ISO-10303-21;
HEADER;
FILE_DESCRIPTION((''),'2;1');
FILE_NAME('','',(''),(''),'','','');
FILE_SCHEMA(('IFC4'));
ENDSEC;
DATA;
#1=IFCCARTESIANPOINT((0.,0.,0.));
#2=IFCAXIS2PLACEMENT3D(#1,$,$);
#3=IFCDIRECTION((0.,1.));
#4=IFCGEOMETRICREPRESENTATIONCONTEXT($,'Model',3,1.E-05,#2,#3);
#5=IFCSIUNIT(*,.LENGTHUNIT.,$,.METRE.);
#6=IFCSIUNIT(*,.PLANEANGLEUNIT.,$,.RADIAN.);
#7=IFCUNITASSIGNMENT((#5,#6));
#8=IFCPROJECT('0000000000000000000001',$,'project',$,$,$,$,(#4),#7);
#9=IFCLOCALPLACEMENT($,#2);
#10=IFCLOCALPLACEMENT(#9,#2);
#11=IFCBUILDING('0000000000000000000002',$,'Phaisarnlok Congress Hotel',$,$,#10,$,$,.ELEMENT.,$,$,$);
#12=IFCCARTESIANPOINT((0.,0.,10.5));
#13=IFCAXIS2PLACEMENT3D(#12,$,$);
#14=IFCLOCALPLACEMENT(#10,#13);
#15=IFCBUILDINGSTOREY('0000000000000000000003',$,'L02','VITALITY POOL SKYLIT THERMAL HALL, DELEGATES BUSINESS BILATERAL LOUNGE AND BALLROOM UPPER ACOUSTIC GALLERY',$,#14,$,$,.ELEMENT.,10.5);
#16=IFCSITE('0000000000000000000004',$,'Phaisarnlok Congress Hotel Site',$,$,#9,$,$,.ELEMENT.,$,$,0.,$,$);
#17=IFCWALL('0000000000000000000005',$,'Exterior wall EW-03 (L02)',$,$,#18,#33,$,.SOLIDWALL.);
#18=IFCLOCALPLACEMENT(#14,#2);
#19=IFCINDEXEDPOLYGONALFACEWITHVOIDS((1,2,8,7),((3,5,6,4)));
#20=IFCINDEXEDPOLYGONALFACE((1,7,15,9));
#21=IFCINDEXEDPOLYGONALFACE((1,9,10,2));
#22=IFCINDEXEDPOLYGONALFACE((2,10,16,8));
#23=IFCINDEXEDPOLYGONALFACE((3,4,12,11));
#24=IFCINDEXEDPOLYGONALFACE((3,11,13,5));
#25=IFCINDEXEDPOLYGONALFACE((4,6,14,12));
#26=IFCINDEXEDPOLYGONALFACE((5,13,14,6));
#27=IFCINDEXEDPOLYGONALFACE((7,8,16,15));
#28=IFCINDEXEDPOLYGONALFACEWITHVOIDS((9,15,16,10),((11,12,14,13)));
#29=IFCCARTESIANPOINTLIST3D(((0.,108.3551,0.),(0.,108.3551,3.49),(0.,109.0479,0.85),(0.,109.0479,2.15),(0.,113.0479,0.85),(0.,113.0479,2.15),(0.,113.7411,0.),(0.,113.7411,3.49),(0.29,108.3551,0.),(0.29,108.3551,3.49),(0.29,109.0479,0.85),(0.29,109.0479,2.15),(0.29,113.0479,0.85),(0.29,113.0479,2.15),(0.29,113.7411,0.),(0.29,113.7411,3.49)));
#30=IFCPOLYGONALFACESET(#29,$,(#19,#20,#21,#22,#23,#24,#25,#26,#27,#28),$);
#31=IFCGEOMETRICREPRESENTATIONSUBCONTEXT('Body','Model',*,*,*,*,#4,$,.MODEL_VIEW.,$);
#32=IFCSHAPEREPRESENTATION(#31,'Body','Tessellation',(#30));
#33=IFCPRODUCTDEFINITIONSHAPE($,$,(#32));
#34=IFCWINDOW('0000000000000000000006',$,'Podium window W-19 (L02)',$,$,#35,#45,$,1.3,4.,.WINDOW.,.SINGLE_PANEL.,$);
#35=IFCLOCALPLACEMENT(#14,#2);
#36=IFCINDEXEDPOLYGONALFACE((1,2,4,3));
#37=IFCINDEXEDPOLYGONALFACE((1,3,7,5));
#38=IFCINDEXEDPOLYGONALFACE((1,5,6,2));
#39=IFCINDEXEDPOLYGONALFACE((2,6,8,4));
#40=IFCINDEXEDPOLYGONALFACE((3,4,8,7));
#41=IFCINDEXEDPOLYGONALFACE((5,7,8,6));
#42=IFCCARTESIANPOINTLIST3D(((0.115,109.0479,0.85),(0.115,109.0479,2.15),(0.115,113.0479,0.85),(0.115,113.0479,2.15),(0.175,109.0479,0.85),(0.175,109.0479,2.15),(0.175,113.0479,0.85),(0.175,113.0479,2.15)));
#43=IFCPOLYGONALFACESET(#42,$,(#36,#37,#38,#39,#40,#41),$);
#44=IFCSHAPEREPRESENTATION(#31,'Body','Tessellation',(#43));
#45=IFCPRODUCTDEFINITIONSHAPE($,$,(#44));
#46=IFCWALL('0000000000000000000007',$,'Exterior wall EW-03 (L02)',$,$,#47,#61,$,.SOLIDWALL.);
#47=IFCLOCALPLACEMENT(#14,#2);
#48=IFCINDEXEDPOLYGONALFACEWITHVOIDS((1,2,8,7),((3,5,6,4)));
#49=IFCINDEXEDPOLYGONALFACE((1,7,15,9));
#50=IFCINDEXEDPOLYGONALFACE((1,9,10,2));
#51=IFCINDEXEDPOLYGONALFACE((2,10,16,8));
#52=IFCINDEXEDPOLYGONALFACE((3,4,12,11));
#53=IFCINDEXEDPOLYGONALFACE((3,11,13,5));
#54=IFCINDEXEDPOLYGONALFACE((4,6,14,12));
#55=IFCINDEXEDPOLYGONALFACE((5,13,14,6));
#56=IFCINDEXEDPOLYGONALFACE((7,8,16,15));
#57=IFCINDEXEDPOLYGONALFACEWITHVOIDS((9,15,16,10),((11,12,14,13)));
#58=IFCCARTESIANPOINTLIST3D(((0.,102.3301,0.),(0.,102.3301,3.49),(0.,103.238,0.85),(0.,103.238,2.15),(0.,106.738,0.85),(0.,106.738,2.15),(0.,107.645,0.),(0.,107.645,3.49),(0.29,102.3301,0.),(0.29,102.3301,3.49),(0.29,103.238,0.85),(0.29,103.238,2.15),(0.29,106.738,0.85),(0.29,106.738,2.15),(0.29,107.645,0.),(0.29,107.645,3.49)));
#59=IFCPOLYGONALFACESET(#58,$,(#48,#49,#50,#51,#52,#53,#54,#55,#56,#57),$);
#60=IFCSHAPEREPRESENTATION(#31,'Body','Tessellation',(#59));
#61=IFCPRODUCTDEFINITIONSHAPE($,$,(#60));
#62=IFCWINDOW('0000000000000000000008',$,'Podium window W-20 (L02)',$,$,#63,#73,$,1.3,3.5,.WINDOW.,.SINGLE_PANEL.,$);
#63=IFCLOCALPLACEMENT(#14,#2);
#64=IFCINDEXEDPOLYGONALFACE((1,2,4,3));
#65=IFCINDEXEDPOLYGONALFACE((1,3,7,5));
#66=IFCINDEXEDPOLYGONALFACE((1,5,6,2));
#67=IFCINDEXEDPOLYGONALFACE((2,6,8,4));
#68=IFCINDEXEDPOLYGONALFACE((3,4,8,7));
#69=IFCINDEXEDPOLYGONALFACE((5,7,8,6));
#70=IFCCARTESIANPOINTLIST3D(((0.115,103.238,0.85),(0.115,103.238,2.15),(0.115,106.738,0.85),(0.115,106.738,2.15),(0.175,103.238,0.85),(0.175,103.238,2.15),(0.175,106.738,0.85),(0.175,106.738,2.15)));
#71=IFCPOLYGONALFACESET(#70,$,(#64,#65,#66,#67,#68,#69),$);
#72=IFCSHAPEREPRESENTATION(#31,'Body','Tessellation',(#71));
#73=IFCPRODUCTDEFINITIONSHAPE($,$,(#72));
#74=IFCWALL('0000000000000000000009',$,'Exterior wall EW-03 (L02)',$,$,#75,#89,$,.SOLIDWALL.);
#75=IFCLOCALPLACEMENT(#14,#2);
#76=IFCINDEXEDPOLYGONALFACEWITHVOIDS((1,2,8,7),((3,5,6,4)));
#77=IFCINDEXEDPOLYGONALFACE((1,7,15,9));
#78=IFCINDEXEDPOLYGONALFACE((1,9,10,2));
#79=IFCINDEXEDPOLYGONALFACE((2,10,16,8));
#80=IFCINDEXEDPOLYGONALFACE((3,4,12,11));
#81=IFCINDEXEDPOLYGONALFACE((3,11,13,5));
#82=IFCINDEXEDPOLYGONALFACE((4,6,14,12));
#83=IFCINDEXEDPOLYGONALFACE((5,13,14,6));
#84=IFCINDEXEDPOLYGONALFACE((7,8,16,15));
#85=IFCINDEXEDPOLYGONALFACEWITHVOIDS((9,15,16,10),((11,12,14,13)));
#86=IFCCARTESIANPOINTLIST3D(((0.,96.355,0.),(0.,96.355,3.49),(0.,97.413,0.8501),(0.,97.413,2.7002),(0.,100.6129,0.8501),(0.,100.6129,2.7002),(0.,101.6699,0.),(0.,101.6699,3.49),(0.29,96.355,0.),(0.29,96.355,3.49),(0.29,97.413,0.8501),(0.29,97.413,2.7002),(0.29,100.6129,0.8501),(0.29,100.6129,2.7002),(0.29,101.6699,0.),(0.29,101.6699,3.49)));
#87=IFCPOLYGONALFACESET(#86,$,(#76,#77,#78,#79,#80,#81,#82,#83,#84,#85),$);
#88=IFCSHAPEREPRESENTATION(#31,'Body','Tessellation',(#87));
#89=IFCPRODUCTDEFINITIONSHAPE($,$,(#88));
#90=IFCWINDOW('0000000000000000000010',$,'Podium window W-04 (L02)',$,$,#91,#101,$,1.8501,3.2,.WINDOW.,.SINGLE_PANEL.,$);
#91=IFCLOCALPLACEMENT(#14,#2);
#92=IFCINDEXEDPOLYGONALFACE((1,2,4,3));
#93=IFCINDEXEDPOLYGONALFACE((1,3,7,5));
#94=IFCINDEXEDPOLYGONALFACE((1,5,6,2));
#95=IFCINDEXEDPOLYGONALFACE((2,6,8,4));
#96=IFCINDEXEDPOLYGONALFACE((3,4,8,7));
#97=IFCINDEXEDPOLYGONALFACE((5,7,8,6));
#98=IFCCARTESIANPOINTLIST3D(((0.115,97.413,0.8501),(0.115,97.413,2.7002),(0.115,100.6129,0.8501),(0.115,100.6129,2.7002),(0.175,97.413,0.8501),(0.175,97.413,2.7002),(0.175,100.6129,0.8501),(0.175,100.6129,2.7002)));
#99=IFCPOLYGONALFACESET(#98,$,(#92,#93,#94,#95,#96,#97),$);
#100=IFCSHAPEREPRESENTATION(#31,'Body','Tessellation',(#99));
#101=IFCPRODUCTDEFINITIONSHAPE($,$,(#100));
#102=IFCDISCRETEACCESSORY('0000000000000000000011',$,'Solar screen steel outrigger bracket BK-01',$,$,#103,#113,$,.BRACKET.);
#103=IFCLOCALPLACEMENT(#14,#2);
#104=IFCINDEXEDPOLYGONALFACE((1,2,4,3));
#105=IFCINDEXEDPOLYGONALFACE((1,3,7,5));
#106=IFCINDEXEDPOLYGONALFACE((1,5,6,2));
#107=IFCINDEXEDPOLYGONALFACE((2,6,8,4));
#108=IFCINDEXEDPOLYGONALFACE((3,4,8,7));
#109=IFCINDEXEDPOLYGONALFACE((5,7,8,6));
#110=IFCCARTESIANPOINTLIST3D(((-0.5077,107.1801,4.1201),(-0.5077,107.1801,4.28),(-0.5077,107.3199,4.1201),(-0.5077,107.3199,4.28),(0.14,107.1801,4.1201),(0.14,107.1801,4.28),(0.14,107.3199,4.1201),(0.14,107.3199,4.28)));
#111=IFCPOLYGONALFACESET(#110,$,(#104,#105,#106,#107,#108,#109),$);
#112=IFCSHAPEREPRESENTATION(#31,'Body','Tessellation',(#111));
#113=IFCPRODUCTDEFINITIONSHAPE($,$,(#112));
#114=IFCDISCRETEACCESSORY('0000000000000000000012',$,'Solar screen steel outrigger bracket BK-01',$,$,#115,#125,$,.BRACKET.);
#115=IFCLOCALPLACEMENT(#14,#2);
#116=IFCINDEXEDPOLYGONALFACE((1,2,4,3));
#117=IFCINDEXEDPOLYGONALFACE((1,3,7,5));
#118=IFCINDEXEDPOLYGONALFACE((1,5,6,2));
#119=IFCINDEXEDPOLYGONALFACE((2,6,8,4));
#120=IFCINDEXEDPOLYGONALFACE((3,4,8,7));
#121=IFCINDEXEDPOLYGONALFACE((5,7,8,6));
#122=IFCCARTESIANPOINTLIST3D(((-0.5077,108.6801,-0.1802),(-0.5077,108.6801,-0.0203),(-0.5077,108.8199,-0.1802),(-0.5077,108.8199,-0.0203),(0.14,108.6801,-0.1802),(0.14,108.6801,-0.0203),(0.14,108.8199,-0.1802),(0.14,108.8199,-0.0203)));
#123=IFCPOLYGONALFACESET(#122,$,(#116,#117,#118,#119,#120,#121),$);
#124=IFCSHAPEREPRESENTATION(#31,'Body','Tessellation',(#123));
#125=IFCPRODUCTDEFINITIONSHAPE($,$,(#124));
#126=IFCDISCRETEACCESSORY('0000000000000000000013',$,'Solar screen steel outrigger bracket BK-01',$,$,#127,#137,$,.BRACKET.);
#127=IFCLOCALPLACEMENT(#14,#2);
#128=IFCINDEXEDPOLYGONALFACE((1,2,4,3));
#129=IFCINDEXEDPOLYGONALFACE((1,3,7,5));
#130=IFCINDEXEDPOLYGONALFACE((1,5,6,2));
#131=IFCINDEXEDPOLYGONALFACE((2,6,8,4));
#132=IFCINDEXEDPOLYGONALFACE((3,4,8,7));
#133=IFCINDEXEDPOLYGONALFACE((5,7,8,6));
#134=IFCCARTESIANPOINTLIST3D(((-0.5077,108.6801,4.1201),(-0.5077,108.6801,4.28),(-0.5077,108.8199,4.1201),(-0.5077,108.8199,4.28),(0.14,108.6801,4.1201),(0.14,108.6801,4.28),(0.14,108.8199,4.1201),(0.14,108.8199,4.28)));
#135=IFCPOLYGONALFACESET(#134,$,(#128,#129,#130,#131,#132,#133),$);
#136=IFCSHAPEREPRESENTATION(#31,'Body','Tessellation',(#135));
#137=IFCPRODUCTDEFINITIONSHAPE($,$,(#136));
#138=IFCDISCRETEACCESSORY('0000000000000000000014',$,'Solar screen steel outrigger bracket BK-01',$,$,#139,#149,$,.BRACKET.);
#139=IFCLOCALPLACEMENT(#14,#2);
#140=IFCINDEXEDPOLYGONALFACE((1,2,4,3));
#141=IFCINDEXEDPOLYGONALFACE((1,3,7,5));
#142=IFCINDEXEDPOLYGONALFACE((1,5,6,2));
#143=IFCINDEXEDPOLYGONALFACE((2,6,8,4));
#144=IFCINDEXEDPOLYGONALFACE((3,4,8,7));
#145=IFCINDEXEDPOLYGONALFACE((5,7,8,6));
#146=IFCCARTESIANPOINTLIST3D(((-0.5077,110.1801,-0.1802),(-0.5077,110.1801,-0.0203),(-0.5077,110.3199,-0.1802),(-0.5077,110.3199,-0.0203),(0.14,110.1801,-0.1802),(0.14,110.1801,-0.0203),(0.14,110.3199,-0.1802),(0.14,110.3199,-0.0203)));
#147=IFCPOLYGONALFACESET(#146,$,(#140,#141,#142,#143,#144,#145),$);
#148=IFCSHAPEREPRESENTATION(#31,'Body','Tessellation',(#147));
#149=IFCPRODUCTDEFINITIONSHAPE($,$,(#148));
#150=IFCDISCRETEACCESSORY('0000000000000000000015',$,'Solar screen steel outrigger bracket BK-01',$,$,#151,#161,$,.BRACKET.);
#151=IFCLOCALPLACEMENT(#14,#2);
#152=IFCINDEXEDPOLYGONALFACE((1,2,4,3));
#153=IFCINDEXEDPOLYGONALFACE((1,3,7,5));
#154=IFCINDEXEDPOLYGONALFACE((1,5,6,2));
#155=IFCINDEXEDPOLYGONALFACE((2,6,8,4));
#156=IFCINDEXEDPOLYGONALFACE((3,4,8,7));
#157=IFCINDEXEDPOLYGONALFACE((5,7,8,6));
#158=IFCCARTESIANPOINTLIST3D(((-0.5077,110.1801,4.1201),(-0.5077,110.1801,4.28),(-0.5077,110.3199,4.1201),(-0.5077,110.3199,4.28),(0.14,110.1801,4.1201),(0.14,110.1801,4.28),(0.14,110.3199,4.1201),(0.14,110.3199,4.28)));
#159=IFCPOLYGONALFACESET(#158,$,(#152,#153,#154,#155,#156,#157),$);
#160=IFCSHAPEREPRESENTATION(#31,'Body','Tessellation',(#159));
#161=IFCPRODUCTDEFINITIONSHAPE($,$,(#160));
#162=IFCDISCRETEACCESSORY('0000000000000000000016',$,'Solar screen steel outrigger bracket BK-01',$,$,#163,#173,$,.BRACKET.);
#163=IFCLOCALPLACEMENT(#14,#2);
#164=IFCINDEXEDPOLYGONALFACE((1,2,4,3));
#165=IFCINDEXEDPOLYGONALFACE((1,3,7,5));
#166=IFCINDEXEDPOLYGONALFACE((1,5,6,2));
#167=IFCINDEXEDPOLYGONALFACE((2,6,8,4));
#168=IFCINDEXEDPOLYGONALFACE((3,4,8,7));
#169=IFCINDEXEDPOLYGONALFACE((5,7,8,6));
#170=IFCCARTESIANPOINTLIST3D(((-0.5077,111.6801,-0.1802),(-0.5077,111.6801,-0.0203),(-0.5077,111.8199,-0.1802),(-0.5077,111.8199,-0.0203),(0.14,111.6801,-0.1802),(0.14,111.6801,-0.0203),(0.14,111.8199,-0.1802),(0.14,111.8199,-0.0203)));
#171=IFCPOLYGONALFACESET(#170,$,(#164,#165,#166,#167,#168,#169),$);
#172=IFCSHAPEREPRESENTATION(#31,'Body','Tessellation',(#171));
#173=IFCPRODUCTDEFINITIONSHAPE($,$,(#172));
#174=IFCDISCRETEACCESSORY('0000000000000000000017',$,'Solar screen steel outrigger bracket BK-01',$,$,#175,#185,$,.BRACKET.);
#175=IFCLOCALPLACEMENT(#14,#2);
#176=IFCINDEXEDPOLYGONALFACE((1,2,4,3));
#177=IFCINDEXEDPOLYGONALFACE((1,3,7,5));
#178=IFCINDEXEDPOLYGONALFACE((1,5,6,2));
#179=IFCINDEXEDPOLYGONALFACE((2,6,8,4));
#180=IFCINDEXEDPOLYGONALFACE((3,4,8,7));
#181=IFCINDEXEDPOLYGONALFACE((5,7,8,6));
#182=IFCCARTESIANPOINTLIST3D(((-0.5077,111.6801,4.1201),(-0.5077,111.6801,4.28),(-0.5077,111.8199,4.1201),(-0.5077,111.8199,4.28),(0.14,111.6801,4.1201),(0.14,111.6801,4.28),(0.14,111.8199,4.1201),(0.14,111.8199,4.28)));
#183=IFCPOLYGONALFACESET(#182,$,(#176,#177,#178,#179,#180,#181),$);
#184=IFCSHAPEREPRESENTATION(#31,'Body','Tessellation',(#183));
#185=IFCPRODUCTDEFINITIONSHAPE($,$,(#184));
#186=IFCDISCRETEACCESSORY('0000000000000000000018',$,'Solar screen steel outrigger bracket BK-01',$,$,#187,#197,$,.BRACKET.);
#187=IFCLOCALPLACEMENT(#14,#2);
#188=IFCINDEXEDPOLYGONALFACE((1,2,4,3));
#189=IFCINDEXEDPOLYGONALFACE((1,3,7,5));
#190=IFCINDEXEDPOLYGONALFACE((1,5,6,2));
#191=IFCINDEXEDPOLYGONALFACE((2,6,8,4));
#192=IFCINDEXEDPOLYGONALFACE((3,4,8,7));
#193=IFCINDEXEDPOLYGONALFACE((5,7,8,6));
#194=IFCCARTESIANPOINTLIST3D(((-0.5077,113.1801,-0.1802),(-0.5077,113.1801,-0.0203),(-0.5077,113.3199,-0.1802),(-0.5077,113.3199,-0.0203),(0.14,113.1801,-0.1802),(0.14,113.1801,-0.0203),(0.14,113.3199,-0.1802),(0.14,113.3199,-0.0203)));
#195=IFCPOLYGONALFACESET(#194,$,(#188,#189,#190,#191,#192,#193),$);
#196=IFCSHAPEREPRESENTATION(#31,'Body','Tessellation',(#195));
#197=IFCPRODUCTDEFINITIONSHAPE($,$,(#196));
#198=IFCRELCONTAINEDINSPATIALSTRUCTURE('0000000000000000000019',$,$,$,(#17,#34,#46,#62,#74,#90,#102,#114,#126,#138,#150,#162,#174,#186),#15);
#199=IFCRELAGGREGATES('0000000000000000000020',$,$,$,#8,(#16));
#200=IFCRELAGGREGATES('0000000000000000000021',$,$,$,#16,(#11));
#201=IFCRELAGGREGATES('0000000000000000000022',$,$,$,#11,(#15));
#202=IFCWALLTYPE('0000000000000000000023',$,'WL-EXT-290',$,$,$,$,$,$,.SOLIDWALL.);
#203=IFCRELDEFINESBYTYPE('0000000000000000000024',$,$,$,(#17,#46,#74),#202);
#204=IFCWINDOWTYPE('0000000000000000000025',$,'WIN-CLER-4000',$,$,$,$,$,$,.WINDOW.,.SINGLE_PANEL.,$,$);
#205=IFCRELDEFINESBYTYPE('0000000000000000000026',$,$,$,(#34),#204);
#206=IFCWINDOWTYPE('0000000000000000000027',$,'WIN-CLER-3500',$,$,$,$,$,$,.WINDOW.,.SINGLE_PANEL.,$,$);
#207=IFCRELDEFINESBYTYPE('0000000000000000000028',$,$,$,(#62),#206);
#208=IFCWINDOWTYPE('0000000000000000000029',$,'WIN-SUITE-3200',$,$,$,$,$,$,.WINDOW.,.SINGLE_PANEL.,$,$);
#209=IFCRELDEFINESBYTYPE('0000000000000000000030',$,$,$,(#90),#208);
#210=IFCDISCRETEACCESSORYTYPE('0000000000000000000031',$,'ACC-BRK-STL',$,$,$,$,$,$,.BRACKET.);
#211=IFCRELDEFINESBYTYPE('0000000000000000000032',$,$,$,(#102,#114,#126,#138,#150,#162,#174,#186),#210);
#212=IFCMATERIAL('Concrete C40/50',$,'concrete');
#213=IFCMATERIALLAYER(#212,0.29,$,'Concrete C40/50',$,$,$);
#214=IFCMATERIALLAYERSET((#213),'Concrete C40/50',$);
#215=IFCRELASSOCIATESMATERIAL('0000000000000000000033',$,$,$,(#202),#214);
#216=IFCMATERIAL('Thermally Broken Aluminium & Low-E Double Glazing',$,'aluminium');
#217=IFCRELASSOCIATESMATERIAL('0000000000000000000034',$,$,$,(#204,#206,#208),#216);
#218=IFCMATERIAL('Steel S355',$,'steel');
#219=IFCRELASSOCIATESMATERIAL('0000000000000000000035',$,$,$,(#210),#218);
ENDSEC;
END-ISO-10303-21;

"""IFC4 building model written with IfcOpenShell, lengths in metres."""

from ifc_helpers import new_model, si_unit, direction, frame, frame_2d, origin, origin_2d, place, context, subcontext, project, spatial, rectangle, extrude, material, layer, layer_set, type_object, element, fill, save


model = new_model("IFC4")

# Units and contexts
model_context = context("Model", 3, precision=1e-05, world=origin(), true_north=direction((0.0, 1.0)))
body_context = subcontext(model_context, "Body", "Model", "MODEL_VIEW")
ifc_project = project(units=[si_unit("LENGTHUNIT", "METRE"), si_unit("PLANEANGLEUNIT", "RADIAN")], contexts=[model_context])

# Site, building, storey
site_placement = place(None, origin())
site = spatial("IfcSite", under=ifc_project, at=site_placement, Name="Phaisarnlok Congress Hotel Site", CompositionType="ELEMENT", RefElevation=0.0)
building_placement = place(site_placement, origin())
building = spatial("IfcBuilding", under=site, at=building_placement, Name="Phaisarnlok Congress Hotel", CompositionType="ELEMENT")
storey_placement = place(building_placement, frame((0.0, 0.0, 10.5)))
storey = spatial("IfcBuildingStorey", under=building, at=storey_placement, Name="L02", Description="VITALITY POOL SKYLIT THERMAL HALL, DELEGATES BUSINESS BILATERAL LOUNGE AND BALLROOM UPPER ACOUSTIC GALLERY", CompositionType="ELEMENT", Elevation=10.5)

# Shared definitions
ifc_material_1 = material(Name="Steel S355", Category="steel")

# Shared definitions
ifc_material_2 = material(Name="Concrete C40/50", Category="concrete")

# Walls, openings, windows
ifc_layer_1 = layer(ifc_material_2, 0.29, Name="Concrete C40/50")
ifc_layer_set_1 = layer_set([ifc_layer_1], Name="Concrete C40/50")
wall_type = type_object("IfcWallType", Name="WL-EXT-290", PredefinedType="SOLIDWALL", material=ifc_layer_set_1)
wall_1_placement = place(storey_placement, frame((0.145, 113.741, 0.0), z_axis=(0.0, 0.0, 1.0), x_axis=(0.0, -1.0, 0.0)))
wall_1 = element("IfcWall", 1, at=wall_1_placement, inside=storey, type_object=wall_type, Name="Exterior wall EW-03 (L02)", PredefinedType="SOLIDWALL", context=body_context, shape_type="SweptSolid", body=[
    extrude(rectangle(XDim=5.386, YDim=0.29, at=frame_2d((2.6929, 0.0))), origin(), (0.0, 0.0, 1.0), 3.49),
])
opening_1_placement = place(wall_1_placement, frame((0.6931, 0.0, 0.8501)))
opening_1 = element("IfcOpeningElement", 2, at=opening_1_placement, cuts=wall_1, PredefinedType="OPENING", context=body_context, shape_type="SweptSolid", body=[
    extrude(rectangle(XDim=4.0, YDim=1.3, at=frame_2d((2.0, 0.6499))), frame((0.0, 0.155, 0.0), z_axis=(0.0, -1.0, 0.0), x_axis=(1.0, 0.0, 0.0)), (0.0, 0.0, 1.0), 0.3101),
])
ifc_material_3 = material(Name="Thermally Broken Aluminium & Low-E Double Glazing", Category="aluminium")
window_type_1 = type_object("IfcWindowType", Name="WIN-CLER-4000", PartitioningType="SINGLE_PANEL", PredefinedType="WINDOW", material=ifc_material_3)
window_1_placement = place(opening_1_placement, origin())
window_1 = element("IfcWindow", 3, at=window_1_placement, inside=storey, type_object=window_type_1, Name="Podium window W-19 (L02)", OverallHeight=1.3, OverallWidth=4.0, PartitioningType="SINGLE_PANEL", PredefinedType="WINDOW", context=body_context, shape_type="SweptSolid", body=[
    extrude(rectangle(XDim=4.0, YDim=1.3, at=frame_2d((2.0, 0.6499))), frame((0.0, 0.03, 0.0), z_axis=(0.0, -1.0, 0.0), x_axis=(1.0, 0.0, 0.0)), (0.0, 0.0, 1.0), 0.0601),
])
fill(opening_1, window_1)
wall_2_placement = place(storey_placement, frame((0.145, 107.645, 0.0), z_axis=(0.0, 0.0, 1.0), x_axis=(0.0, -1.0, 0.0)))
wall_2 = element("IfcWall", 4, at=wall_2_placement, inside=storey, type_object=wall_type, Name="Exterior wall EW-03 (L02)", PredefinedType="SOLIDWALL", context=body_context, shape_type="SweptSolid", body=[
    extrude(rectangle(XDim=5.3149, YDim=0.29, at=frame_2d((2.6575, 0.0))), origin(), (0.0, 0.0, 1.0), 3.49),
])
opening_2_placement = place(wall_2_placement, frame((0.907, 0.0, 0.8501)))
opening_2 = element("IfcOpeningElement", 5, at=opening_2_placement, cuts=wall_2, PredefinedType="OPENING", context=body_context, shape_type="SweptSolid", body=[
    extrude(rectangle(XDim=3.5, YDim=1.3, at=frame_2d((1.75, 0.6499))), frame((0.0, 0.155, 0.0), z_axis=(0.0, -1.0, 0.0), x_axis=(1.0, 0.0, 0.0)), (0.0, 0.0, 1.0), 0.3101),
])
window_type_2 = type_object("IfcWindowType", Name="WIN-CLER-3500", PartitioningType="SINGLE_PANEL", PredefinedType="WINDOW", material=ifc_material_3)
window_2_placement = place(opening_2_placement, origin())
window_2 = element("IfcWindow", 6, at=window_2_placement, inside=storey, type_object=window_type_2, Name="Podium window W-20 (L02)", OverallHeight=1.3, OverallWidth=3.5, PartitioningType="SINGLE_PANEL", PredefinedType="WINDOW", context=body_context, shape_type="SweptSolid", body=[
    extrude(rectangle(XDim=3.5, YDim=1.3, at=frame_2d((1.75, 0.6499))), frame((0.0, 0.03, 0.0), z_axis=(0.0, -1.0, 0.0), x_axis=(1.0, 0.0, 0.0)), (0.0, 0.0, 1.0), 0.0601),
])
fill(opening_2, window_2)
wall_3_placement = place(storey_placement, frame((0.145, 101.6699, 0.0), z_axis=(0.0, 0.0, 1.0), x_axis=(0.0, -1.0, 0.0)))
wall_3 = element("IfcWall", 7, at=wall_3_placement, inside=storey, type_object=wall_type, Name="Exterior wall EW-03 (L02)", PredefinedType="SOLIDWALL", context=body_context, shape_type="SweptSolid", body=[
    extrude(rectangle(XDim=5.3149, YDim=0.29, at=frame_2d((2.6575, 0.0))), origin(), (0.0, 0.0, 1.0), 3.49),
])
opening_3_placement = place(wall_3_placement, frame((1.0569, 0.0, 0.8501)))
opening_3 = element("IfcOpeningElement", 8, at=opening_3_placement, cuts=wall_3, PredefinedType="OPENING", context=body_context, shape_type="SweptSolid", body=[
    extrude(rectangle(XDim=3.2, YDim=1.8501, at=frame_2d((1.6001, 0.925))), frame((0.0, 0.155, 0.0), z_axis=(0.0, -1.0, 0.0), x_axis=(1.0, 0.0, 0.0)), (0.0, 0.0, 1.0), 0.3101),
])
window_type_3 = type_object("IfcWindowType", Name="WIN-SUITE-3200", PartitioningType="SINGLE_PANEL", PredefinedType="WINDOW", material=ifc_material_3)
window_3_placement = place(opening_3_placement, origin())
window_3 = element("IfcWindow", 9, at=window_3_placement, inside=storey, type_object=window_type_3, Name="Podium window W-04 (L02)", OverallHeight=1.8501, OverallWidth=3.2, PartitioningType="SINGLE_PANEL", PredefinedType="WINDOW", context=body_context, shape_type="SweptSolid", body=[
    extrude(rectangle(XDim=3.2, YDim=1.8501, at=frame_2d((1.6001, 0.925))), frame((0.0, 0.03, 0.0), z_axis=(0.0, -1.0, 0.0), x_axis=(1.0, 0.0, 0.0)), (0.0, 0.0, 1.0), 0.0601),
])
fill(opening_3, window_3)

# Discrete accessories
discrete_accessory_type_1 = type_object("IfcDiscreteAccessoryType", Name="ACC-BRK-STL", PredefinedType="BRACKET", material=ifc_material_1)
for number, where, z_axis, x_axis, name in (
    (10, (-0.1838, 107.25, 4.1201), (0.0, 0.0, 1.0), (1.0, 0.0, 0.0), "Solar screen steel outrigger bracket BK-01"),
    (11, (-0.1838, 108.75, -0.1802), (0.0, 0.0, 1.0), (1.0, 0.0, 0.0), "Solar screen steel outrigger bracket BK-01"),
    (12, (-0.1838, 108.75, 4.1201), (0.0, 0.0, 1.0), (1.0, 0.0, 0.0), "Solar screen steel outrigger bracket BK-01"),
    (13, (-0.1838, 110.25, -0.1802), (0.0, 0.0, 1.0), (1.0, 0.0, 0.0), "Solar screen steel outrigger bracket BK-01"),
    (14, (-0.1838, 110.25, 4.1201), (0.0, 0.0, 1.0), (1.0, 0.0, 0.0), "Solar screen steel outrigger bracket BK-01"),
    (15, (-0.1838, 111.75, -0.1802), (0.0, 0.0, 1.0), (1.0, 0.0, 0.0), "Solar screen steel outrigger bracket BK-01"),
    (16, (-0.1838, 111.75, 4.1201), (0.0, 0.0, 1.0), (1.0, 0.0, 0.0), "Solar screen steel outrigger bracket BK-01"),
    (17, (-0.1838, 113.25, -0.1802), (0.0, 0.0, 1.0), (1.0, 0.0, 0.0), "Solar screen steel outrigger bracket BK-01"),
):
    element("IfcDiscreteAccessory", number, at=place(storey_placement, frame(where, z_axis=z_axis, x_axis=x_axis)), inside=storey, type_object=discrete_accessory_type_1, Name=name, PredefinedType="BRACKET", context=body_context, shape_type="SweptSolid", body=[
        extrude(rectangle(XDim=0.6477, YDim=0.1399, at=origin_2d()), origin(), (0.0, 0.0, 1.0), 0.1599),
    ])

save(model, "model.ifc")
